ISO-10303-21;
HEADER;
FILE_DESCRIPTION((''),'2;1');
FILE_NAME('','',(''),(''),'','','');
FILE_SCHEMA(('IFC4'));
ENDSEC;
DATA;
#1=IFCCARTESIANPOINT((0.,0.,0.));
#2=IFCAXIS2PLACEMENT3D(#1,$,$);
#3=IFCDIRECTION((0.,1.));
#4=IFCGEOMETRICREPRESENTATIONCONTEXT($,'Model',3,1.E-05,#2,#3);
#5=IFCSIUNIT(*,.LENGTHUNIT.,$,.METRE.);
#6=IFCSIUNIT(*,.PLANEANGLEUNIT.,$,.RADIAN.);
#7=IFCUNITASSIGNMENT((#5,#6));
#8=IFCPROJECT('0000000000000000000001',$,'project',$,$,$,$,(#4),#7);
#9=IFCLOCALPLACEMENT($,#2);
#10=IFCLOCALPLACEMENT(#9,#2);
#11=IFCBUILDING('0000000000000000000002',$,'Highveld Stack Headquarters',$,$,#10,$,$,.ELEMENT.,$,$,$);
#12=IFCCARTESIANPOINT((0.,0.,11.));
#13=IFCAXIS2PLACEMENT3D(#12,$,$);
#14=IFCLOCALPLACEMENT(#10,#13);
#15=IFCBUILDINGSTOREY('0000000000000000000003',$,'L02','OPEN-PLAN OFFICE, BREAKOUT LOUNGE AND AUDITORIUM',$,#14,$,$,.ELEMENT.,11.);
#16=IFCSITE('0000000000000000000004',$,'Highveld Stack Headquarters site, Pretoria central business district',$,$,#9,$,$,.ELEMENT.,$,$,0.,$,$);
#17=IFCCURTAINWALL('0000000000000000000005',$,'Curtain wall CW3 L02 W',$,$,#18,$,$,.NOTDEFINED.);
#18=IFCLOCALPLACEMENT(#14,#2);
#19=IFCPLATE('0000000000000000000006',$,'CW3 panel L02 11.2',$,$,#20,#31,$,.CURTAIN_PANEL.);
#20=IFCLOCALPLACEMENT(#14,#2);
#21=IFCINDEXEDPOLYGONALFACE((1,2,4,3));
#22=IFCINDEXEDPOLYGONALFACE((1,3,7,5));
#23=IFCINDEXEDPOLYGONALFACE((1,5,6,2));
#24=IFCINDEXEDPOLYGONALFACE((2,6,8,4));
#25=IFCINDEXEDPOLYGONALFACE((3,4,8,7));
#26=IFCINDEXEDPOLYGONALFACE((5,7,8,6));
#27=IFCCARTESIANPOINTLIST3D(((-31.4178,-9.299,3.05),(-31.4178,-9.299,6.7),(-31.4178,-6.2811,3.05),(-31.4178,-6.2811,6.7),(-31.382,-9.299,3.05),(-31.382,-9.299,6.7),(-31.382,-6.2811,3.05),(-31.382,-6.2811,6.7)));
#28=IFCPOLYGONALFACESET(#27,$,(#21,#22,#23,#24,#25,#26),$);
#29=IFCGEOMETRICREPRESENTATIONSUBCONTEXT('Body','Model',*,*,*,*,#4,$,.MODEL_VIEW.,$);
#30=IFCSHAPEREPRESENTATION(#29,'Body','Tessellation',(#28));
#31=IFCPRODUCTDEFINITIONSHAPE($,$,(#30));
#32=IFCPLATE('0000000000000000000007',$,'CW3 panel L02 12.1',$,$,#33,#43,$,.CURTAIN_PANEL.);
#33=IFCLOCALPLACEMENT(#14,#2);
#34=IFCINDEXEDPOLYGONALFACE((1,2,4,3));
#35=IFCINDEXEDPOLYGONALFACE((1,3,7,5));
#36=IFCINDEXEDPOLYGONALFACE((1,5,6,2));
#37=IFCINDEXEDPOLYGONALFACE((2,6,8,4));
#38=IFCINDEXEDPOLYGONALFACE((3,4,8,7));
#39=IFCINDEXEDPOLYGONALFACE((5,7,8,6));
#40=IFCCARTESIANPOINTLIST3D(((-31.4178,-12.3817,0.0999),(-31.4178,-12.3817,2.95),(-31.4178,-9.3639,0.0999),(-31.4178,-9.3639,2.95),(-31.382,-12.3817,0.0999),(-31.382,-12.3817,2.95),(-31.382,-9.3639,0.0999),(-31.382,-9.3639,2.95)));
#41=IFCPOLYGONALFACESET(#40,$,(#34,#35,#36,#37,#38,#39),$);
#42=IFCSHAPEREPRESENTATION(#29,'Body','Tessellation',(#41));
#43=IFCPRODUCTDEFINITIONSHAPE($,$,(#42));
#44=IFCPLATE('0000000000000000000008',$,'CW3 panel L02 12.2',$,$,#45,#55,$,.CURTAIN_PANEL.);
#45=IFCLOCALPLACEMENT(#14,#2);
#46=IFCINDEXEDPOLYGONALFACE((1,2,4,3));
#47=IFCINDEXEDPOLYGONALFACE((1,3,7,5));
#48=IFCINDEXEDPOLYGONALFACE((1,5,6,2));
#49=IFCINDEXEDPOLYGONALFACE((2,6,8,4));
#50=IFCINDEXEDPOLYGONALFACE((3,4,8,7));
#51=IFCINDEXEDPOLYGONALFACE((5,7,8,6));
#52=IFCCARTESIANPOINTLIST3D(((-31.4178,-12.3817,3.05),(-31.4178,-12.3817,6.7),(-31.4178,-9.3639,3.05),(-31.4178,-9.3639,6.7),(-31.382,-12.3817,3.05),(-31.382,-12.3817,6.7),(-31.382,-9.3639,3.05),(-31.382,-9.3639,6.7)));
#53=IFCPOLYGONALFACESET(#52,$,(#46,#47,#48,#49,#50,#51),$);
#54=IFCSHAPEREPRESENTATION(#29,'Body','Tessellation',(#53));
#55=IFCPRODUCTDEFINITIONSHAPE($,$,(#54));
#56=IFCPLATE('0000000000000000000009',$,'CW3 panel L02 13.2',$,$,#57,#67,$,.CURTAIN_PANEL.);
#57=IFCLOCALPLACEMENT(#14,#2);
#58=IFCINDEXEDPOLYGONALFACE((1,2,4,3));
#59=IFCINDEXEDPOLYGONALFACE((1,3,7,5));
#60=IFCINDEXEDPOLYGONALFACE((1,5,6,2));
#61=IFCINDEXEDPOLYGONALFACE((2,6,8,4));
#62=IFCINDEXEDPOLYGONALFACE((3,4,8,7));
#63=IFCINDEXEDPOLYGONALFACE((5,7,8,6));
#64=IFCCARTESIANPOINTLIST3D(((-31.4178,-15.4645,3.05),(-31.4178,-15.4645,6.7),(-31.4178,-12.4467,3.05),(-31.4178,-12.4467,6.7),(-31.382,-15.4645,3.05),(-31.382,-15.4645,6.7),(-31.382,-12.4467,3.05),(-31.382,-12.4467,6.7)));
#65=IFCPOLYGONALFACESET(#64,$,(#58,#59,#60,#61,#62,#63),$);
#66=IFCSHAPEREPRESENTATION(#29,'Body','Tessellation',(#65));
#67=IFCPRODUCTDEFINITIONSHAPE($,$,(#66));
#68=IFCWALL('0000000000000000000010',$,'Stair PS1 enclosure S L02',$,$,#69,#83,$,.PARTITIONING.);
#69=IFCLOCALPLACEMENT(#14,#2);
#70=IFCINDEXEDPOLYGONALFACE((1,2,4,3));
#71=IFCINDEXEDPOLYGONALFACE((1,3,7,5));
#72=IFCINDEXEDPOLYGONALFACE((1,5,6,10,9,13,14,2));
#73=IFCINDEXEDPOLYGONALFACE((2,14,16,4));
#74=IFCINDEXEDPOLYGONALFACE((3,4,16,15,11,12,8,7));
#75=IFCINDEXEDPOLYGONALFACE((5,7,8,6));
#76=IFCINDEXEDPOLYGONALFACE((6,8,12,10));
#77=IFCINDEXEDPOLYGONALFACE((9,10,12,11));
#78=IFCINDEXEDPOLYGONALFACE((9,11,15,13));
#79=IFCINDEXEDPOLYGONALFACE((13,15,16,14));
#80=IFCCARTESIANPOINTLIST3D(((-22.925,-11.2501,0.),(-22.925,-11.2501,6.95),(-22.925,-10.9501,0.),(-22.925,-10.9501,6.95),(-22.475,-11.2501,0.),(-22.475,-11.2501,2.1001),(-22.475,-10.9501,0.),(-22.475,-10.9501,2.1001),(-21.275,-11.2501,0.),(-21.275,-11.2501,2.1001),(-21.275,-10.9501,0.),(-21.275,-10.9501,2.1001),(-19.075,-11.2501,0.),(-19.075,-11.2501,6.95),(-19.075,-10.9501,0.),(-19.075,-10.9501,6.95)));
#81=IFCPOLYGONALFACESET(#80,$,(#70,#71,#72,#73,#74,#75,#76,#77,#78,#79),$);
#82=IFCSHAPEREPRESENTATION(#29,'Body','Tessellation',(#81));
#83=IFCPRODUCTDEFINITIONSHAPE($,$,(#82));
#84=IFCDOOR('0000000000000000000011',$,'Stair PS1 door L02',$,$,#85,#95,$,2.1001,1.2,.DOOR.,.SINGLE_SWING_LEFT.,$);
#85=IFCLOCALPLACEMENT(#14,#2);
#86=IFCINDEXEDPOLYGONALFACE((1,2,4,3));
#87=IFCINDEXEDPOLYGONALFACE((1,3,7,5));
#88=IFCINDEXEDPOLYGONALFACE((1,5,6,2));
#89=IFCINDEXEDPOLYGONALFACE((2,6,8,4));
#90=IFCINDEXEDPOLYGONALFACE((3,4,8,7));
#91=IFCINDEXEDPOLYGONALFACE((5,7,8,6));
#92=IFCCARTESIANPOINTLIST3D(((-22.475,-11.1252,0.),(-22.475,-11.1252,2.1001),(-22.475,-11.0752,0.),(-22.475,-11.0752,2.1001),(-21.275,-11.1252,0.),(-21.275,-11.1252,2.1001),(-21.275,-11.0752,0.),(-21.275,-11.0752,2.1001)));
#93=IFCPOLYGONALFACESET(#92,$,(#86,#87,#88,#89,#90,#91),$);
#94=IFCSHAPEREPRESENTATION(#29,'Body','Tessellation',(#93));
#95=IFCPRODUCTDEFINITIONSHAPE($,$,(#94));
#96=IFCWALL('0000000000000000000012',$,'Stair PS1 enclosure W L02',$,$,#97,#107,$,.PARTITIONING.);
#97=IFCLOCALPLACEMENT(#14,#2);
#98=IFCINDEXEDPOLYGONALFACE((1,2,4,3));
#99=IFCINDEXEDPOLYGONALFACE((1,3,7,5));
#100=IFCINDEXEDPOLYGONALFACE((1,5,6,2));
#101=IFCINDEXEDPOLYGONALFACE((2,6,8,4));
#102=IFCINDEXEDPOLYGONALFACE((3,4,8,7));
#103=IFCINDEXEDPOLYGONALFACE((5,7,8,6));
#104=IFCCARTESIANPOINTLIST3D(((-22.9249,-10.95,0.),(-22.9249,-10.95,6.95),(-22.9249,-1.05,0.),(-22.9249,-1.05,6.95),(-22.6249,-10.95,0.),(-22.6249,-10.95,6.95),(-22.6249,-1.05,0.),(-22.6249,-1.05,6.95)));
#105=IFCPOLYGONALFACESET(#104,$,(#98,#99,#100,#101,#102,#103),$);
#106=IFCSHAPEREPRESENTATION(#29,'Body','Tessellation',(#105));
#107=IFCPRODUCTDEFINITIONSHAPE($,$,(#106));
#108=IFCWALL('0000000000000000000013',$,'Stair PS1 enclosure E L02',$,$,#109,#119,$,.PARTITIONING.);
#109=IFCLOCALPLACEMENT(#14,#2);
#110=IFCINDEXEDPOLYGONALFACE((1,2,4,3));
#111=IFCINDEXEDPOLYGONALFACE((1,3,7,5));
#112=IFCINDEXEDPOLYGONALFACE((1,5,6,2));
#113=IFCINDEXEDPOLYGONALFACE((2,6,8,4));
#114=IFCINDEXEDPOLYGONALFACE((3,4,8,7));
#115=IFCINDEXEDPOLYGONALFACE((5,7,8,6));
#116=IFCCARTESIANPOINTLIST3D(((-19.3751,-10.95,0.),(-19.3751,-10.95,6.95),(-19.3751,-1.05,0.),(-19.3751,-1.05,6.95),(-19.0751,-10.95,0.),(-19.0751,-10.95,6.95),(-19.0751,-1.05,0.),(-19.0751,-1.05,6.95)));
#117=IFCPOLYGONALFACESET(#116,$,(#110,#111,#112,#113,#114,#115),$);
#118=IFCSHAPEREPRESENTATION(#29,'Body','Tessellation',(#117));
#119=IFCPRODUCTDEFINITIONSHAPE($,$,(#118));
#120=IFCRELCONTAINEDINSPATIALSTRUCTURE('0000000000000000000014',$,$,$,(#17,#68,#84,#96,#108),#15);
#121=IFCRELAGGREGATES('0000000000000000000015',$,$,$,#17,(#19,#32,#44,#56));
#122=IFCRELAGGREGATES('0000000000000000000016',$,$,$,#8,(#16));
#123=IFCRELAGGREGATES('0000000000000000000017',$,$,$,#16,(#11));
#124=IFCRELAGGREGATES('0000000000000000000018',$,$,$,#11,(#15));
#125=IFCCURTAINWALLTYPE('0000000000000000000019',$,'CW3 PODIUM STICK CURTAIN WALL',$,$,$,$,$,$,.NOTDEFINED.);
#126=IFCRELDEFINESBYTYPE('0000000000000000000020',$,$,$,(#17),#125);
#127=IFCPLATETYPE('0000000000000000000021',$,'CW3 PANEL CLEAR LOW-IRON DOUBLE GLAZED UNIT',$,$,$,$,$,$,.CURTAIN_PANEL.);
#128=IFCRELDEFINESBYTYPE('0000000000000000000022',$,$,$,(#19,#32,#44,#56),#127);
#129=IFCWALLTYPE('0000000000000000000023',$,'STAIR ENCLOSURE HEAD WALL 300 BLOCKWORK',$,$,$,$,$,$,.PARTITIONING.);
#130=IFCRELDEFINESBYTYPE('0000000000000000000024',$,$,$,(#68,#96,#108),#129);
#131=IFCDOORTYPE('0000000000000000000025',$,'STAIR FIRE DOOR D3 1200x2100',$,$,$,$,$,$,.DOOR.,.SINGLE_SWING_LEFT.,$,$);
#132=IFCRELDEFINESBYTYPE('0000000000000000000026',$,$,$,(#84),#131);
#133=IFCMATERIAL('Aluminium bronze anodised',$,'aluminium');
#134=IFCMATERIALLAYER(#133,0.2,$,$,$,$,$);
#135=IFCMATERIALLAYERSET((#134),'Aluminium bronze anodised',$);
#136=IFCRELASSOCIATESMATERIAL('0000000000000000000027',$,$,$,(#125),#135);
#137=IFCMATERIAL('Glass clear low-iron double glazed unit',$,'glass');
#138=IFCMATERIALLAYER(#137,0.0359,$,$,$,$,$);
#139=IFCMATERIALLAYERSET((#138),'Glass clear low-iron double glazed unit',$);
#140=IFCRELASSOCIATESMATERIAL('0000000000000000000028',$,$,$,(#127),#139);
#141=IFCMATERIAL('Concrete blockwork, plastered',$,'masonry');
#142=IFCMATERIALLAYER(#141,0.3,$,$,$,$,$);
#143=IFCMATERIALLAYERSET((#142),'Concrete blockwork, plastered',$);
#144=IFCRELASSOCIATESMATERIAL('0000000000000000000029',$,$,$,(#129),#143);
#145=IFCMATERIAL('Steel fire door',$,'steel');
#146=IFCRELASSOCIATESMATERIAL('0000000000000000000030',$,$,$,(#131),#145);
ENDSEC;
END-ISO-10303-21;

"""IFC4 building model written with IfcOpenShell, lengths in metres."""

from ifc_helpers import new_model, si_unit, direction, frame, frame_2d, origin, origin_2d, place, context, subcontext, project, spatial, rectangle, extrude, material, layer, layer_set, type_object, element, fill, aggregate, save


model = new_model("IFC4")

# Units and contexts
model_context = context("Model", 3, precision=1e-05, world=origin(), true_north=direction((0.0, 1.0)))
body_context = subcontext(model_context, "Body", "Model", "MODEL_VIEW")
ifc_project = project(units=[si_unit("LENGTHUNIT", "METRE"), si_unit("PLANEANGLEUNIT", "RADIAN")], contexts=[model_context])

# Site, building, storey
site_placement = place(None, origin())
site = spatial("IfcSite", under=ifc_project, at=site_placement, Name="Highveld Stack Headquarters site, Pretoria central business district", CompositionType="ELEMENT", RefElevation=0.0)
building_placement = place(site_placement, origin())
building = spatial("IfcBuilding", under=site, at=building_placement, Name="Highveld Stack Headquarters", CompositionType="ELEMENT")
storey_placement = place(building_placement, frame((0.0, 0.0, 11.0)))
storey = spatial("IfcBuildingStorey", under=building, at=storey_placement, Name="L02", Description="OPEN-PLAN OFFICE, BREAKOUT LOUNGE AND AUDITORIUM", CompositionType="ELEMENT", Elevation=11.0)

# Curtain wall, plates
ifc_material_1 = material(Name="Aluminium bronze anodised", Category="aluminium")
ifc_layer_1 = layer(ifc_material_1, 0.2)
ifc_layer_set_1 = layer_set([ifc_layer_1], Name="Aluminium bronze anodised")
curtain_wall_type = type_object("IfcCurtainWallType", Name="CW3 PODIUM STICK CURTAIN WALL", PredefinedType="NOTDEFINED", material=ifc_layer_set_1)
curtain_wall_placement = place(storey_placement, origin())
curtain_wall = element("IfcCurtainWall", 1, at=curtain_wall_placement, inside=storey, type_object=curtain_wall_type, Name="Curtain wall CW3 L02 W", PredefinedType="NOTDEFINED")
ifc_material_2 = material(Name="Glass clear low-iron double glazed unit", Category="glass")
ifc_layer_2 = layer(ifc_material_2, 0.0359)
ifc_layer_set_2 = layer_set([ifc_layer_2], Name="Glass clear low-iron double glazed unit")
plate_type = type_object("IfcPlateType", Name="CW3 PANEL CLEAR LOW-IRON DOUBLE GLAZED UNIT", PredefinedType="CURTAIN_PANEL", material=ifc_layer_set_2)
plate_1_placement = place(storey_placement, frame((-31.3999, -7.79, 3.05), z_axis=(0.0, 0.0, 1.0), x_axis=(0.0, -1.0, 0.0)))
plate_1 = element("IfcPlate", 2, at=plate_1_placement, type_object=plate_type, Name="CW3 panel L02 11.2", PredefinedType="CURTAIN_PANEL", context=body_context, shape_type="SweptSolid", body=[
    extrude(rectangle(XDim=3.0178, YDim=0.0359, at=origin_2d()), origin(), (0.0, 0.0, 1.0), 3.6499),
])
plate_2_placement = place(storey_placement, frame((-31.3999, -10.8728, 0.0999), z_axis=(0.0, 0.0, 1.0), x_axis=(0.0, -1.0, 0.0)))
plate_2 = element("IfcPlate", 3, at=plate_2_placement, type_object=plate_type, Name="CW3 panel L02 12.1", PredefinedType="CURTAIN_PANEL", context=body_context, shape_type="SweptSolid", body=[
    extrude(rectangle(XDim=3.0178, YDim=0.0359, at=origin_2d()), origin(), (0.0, 0.0, 1.0), 2.8501),
])
plate_3_placement = place(storey_placement, frame((-31.3999, -10.8728, 3.05), z_axis=(0.0, 0.0, 1.0), x_axis=(0.0, -1.0, 0.0)))
plate_3 = element("IfcPlate", 4, at=plate_3_placement, type_object=plate_type, Name="CW3 panel L02 12.2", PredefinedType="CURTAIN_PANEL", context=body_context, shape_type="SweptSolid", body=[
    extrude(rectangle(XDim=3.0178, YDim=0.0359, at=origin_2d()), origin(), (0.0, 0.0, 1.0), 3.6499),
])
plate_4_placement = place(storey_placement, frame((-31.3999, -13.9556, 3.05), z_axis=(0.0, 0.0, 1.0), x_axis=(0.0, -1.0, 0.0)))
plate_4 = element("IfcPlate", 5, at=plate_4_placement, type_object=plate_type, Name="CW3 panel L02 13.2", PredefinedType="CURTAIN_PANEL", context=body_context, shape_type="SweptSolid", body=[
    extrude(rectangle(XDim=3.0178, YDim=0.0359, at=origin_2d()), origin(), (0.0, 0.0, 1.0), 3.6499),
])
aggregate(curtain_wall, [plate_1, plate_2, plate_3, plate_4])

# Wall, opening, door
ifc_material_3 = material(Name="Concrete blockwork, plastered", Category="masonry")
ifc_layer_3 = layer(ifc_material_3, 0.3)
ifc_layer_set_3 = layer_set([ifc_layer_3], Name="Concrete blockwork, plastered")
wall_type = type_object("IfcWallType", Name="STAIR ENCLOSURE HEAD WALL 300 BLOCKWORK", PredefinedType="PARTITIONING", material=ifc_layer_set_3)
wall_placement = place(storey_placement, frame((-22.925, -11.1001, 0.0), z_axis=(0.0, 0.0, 1.0), x_axis=(1.0, 0.0, 0.0)))
wall = element("IfcWall", 6, at=wall_placement, inside=storey, type_object=wall_type, Name="Stair PS1 enclosure S L02", PredefinedType="PARTITIONING", context=body_context, shape_type="SweptSolid", body=[
    extrude(rectangle(XDim=3.8501, YDim=0.3, at=frame_2d((1.925, 0.0))), origin(), (0.0, 0.0, 1.0), 6.95),
])
opening_placement = place(wall_placement, frame((0.45, 0.0, 0.0)))
opening = element("IfcOpeningElement", 7, at=opening_placement, cuts=wall, PredefinedType="OPENING", context=body_context, shape_type="SweptSolid", body=[
    extrude(rectangle(XDim=1.2, YDim=2.1001, at=frame_2d((0.6001, 1.05))), frame((0.0, 0.1599, 0.0), z_axis=(0.0, -1.0, 0.0), x_axis=(1.0, 0.0, 0.0)), (0.0, 0.0, 1.0), 0.3201),
])
ifc_material_4 = material(Name="Steel fire door", Category="steel")
door_type = type_object("IfcDoorType", Name="STAIR FIRE DOOR D3 1200x2100", OperationType="SINGLE_SWING_LEFT", PredefinedType="DOOR", material=ifc_material_4)
door_placement = place(opening_placement, origin())
door = element("IfcDoor", 8, at=door_placement, inside=storey, type_object=door_type, Name="Stair PS1 door L02", OperationType="SINGLE_SWING_LEFT", OverallHeight=2.1001, OverallWidth=1.2, PredefinedType="DOOR", context=body_context, shape_type="SweptSolid", body=[
    extrude(rectangle(XDim=1.2, YDim=2.1001, at=frame_2d((0.6001, 1.05))), frame((0.0, 0.0249, 0.0), z_axis=(0.0, -1.0, 0.0), x_axis=(1.0, 0.0, 0.0)), (0.0, 0.0, 1.0), 0.05),
])
fill(opening, door)

# Walls
for number, where, z_axis, x_axis, name in (
    (9, (-22.7749, -10.95, 0.0), (0.0, 0.0, 1.0), (0.0, 1.0, 0.0), "Stair PS1 enclosure W L02"),
    (10, (-19.2251, -10.95, 0.0), (0.0, 0.0, 1.0), (0.0, 1.0, 0.0), "Stair PS1 enclosure E L02"),
):
    element("IfcWall", number, at=place(storey_placement, frame(where, z_axis=z_axis, x_axis=x_axis)), inside=storey, type_object=wall_type, Name=name, PredefinedType="PARTITIONING", context=body_context, shape_type="SweptSolid", body=[
        extrude(rectangle(XDim=9.8999, YDim=0.3, at=frame_2d((4.95, 0.0))), origin(), (0.0, 0.0, 1.0), 6.95),
    ])

save(model, "model.ifc")
